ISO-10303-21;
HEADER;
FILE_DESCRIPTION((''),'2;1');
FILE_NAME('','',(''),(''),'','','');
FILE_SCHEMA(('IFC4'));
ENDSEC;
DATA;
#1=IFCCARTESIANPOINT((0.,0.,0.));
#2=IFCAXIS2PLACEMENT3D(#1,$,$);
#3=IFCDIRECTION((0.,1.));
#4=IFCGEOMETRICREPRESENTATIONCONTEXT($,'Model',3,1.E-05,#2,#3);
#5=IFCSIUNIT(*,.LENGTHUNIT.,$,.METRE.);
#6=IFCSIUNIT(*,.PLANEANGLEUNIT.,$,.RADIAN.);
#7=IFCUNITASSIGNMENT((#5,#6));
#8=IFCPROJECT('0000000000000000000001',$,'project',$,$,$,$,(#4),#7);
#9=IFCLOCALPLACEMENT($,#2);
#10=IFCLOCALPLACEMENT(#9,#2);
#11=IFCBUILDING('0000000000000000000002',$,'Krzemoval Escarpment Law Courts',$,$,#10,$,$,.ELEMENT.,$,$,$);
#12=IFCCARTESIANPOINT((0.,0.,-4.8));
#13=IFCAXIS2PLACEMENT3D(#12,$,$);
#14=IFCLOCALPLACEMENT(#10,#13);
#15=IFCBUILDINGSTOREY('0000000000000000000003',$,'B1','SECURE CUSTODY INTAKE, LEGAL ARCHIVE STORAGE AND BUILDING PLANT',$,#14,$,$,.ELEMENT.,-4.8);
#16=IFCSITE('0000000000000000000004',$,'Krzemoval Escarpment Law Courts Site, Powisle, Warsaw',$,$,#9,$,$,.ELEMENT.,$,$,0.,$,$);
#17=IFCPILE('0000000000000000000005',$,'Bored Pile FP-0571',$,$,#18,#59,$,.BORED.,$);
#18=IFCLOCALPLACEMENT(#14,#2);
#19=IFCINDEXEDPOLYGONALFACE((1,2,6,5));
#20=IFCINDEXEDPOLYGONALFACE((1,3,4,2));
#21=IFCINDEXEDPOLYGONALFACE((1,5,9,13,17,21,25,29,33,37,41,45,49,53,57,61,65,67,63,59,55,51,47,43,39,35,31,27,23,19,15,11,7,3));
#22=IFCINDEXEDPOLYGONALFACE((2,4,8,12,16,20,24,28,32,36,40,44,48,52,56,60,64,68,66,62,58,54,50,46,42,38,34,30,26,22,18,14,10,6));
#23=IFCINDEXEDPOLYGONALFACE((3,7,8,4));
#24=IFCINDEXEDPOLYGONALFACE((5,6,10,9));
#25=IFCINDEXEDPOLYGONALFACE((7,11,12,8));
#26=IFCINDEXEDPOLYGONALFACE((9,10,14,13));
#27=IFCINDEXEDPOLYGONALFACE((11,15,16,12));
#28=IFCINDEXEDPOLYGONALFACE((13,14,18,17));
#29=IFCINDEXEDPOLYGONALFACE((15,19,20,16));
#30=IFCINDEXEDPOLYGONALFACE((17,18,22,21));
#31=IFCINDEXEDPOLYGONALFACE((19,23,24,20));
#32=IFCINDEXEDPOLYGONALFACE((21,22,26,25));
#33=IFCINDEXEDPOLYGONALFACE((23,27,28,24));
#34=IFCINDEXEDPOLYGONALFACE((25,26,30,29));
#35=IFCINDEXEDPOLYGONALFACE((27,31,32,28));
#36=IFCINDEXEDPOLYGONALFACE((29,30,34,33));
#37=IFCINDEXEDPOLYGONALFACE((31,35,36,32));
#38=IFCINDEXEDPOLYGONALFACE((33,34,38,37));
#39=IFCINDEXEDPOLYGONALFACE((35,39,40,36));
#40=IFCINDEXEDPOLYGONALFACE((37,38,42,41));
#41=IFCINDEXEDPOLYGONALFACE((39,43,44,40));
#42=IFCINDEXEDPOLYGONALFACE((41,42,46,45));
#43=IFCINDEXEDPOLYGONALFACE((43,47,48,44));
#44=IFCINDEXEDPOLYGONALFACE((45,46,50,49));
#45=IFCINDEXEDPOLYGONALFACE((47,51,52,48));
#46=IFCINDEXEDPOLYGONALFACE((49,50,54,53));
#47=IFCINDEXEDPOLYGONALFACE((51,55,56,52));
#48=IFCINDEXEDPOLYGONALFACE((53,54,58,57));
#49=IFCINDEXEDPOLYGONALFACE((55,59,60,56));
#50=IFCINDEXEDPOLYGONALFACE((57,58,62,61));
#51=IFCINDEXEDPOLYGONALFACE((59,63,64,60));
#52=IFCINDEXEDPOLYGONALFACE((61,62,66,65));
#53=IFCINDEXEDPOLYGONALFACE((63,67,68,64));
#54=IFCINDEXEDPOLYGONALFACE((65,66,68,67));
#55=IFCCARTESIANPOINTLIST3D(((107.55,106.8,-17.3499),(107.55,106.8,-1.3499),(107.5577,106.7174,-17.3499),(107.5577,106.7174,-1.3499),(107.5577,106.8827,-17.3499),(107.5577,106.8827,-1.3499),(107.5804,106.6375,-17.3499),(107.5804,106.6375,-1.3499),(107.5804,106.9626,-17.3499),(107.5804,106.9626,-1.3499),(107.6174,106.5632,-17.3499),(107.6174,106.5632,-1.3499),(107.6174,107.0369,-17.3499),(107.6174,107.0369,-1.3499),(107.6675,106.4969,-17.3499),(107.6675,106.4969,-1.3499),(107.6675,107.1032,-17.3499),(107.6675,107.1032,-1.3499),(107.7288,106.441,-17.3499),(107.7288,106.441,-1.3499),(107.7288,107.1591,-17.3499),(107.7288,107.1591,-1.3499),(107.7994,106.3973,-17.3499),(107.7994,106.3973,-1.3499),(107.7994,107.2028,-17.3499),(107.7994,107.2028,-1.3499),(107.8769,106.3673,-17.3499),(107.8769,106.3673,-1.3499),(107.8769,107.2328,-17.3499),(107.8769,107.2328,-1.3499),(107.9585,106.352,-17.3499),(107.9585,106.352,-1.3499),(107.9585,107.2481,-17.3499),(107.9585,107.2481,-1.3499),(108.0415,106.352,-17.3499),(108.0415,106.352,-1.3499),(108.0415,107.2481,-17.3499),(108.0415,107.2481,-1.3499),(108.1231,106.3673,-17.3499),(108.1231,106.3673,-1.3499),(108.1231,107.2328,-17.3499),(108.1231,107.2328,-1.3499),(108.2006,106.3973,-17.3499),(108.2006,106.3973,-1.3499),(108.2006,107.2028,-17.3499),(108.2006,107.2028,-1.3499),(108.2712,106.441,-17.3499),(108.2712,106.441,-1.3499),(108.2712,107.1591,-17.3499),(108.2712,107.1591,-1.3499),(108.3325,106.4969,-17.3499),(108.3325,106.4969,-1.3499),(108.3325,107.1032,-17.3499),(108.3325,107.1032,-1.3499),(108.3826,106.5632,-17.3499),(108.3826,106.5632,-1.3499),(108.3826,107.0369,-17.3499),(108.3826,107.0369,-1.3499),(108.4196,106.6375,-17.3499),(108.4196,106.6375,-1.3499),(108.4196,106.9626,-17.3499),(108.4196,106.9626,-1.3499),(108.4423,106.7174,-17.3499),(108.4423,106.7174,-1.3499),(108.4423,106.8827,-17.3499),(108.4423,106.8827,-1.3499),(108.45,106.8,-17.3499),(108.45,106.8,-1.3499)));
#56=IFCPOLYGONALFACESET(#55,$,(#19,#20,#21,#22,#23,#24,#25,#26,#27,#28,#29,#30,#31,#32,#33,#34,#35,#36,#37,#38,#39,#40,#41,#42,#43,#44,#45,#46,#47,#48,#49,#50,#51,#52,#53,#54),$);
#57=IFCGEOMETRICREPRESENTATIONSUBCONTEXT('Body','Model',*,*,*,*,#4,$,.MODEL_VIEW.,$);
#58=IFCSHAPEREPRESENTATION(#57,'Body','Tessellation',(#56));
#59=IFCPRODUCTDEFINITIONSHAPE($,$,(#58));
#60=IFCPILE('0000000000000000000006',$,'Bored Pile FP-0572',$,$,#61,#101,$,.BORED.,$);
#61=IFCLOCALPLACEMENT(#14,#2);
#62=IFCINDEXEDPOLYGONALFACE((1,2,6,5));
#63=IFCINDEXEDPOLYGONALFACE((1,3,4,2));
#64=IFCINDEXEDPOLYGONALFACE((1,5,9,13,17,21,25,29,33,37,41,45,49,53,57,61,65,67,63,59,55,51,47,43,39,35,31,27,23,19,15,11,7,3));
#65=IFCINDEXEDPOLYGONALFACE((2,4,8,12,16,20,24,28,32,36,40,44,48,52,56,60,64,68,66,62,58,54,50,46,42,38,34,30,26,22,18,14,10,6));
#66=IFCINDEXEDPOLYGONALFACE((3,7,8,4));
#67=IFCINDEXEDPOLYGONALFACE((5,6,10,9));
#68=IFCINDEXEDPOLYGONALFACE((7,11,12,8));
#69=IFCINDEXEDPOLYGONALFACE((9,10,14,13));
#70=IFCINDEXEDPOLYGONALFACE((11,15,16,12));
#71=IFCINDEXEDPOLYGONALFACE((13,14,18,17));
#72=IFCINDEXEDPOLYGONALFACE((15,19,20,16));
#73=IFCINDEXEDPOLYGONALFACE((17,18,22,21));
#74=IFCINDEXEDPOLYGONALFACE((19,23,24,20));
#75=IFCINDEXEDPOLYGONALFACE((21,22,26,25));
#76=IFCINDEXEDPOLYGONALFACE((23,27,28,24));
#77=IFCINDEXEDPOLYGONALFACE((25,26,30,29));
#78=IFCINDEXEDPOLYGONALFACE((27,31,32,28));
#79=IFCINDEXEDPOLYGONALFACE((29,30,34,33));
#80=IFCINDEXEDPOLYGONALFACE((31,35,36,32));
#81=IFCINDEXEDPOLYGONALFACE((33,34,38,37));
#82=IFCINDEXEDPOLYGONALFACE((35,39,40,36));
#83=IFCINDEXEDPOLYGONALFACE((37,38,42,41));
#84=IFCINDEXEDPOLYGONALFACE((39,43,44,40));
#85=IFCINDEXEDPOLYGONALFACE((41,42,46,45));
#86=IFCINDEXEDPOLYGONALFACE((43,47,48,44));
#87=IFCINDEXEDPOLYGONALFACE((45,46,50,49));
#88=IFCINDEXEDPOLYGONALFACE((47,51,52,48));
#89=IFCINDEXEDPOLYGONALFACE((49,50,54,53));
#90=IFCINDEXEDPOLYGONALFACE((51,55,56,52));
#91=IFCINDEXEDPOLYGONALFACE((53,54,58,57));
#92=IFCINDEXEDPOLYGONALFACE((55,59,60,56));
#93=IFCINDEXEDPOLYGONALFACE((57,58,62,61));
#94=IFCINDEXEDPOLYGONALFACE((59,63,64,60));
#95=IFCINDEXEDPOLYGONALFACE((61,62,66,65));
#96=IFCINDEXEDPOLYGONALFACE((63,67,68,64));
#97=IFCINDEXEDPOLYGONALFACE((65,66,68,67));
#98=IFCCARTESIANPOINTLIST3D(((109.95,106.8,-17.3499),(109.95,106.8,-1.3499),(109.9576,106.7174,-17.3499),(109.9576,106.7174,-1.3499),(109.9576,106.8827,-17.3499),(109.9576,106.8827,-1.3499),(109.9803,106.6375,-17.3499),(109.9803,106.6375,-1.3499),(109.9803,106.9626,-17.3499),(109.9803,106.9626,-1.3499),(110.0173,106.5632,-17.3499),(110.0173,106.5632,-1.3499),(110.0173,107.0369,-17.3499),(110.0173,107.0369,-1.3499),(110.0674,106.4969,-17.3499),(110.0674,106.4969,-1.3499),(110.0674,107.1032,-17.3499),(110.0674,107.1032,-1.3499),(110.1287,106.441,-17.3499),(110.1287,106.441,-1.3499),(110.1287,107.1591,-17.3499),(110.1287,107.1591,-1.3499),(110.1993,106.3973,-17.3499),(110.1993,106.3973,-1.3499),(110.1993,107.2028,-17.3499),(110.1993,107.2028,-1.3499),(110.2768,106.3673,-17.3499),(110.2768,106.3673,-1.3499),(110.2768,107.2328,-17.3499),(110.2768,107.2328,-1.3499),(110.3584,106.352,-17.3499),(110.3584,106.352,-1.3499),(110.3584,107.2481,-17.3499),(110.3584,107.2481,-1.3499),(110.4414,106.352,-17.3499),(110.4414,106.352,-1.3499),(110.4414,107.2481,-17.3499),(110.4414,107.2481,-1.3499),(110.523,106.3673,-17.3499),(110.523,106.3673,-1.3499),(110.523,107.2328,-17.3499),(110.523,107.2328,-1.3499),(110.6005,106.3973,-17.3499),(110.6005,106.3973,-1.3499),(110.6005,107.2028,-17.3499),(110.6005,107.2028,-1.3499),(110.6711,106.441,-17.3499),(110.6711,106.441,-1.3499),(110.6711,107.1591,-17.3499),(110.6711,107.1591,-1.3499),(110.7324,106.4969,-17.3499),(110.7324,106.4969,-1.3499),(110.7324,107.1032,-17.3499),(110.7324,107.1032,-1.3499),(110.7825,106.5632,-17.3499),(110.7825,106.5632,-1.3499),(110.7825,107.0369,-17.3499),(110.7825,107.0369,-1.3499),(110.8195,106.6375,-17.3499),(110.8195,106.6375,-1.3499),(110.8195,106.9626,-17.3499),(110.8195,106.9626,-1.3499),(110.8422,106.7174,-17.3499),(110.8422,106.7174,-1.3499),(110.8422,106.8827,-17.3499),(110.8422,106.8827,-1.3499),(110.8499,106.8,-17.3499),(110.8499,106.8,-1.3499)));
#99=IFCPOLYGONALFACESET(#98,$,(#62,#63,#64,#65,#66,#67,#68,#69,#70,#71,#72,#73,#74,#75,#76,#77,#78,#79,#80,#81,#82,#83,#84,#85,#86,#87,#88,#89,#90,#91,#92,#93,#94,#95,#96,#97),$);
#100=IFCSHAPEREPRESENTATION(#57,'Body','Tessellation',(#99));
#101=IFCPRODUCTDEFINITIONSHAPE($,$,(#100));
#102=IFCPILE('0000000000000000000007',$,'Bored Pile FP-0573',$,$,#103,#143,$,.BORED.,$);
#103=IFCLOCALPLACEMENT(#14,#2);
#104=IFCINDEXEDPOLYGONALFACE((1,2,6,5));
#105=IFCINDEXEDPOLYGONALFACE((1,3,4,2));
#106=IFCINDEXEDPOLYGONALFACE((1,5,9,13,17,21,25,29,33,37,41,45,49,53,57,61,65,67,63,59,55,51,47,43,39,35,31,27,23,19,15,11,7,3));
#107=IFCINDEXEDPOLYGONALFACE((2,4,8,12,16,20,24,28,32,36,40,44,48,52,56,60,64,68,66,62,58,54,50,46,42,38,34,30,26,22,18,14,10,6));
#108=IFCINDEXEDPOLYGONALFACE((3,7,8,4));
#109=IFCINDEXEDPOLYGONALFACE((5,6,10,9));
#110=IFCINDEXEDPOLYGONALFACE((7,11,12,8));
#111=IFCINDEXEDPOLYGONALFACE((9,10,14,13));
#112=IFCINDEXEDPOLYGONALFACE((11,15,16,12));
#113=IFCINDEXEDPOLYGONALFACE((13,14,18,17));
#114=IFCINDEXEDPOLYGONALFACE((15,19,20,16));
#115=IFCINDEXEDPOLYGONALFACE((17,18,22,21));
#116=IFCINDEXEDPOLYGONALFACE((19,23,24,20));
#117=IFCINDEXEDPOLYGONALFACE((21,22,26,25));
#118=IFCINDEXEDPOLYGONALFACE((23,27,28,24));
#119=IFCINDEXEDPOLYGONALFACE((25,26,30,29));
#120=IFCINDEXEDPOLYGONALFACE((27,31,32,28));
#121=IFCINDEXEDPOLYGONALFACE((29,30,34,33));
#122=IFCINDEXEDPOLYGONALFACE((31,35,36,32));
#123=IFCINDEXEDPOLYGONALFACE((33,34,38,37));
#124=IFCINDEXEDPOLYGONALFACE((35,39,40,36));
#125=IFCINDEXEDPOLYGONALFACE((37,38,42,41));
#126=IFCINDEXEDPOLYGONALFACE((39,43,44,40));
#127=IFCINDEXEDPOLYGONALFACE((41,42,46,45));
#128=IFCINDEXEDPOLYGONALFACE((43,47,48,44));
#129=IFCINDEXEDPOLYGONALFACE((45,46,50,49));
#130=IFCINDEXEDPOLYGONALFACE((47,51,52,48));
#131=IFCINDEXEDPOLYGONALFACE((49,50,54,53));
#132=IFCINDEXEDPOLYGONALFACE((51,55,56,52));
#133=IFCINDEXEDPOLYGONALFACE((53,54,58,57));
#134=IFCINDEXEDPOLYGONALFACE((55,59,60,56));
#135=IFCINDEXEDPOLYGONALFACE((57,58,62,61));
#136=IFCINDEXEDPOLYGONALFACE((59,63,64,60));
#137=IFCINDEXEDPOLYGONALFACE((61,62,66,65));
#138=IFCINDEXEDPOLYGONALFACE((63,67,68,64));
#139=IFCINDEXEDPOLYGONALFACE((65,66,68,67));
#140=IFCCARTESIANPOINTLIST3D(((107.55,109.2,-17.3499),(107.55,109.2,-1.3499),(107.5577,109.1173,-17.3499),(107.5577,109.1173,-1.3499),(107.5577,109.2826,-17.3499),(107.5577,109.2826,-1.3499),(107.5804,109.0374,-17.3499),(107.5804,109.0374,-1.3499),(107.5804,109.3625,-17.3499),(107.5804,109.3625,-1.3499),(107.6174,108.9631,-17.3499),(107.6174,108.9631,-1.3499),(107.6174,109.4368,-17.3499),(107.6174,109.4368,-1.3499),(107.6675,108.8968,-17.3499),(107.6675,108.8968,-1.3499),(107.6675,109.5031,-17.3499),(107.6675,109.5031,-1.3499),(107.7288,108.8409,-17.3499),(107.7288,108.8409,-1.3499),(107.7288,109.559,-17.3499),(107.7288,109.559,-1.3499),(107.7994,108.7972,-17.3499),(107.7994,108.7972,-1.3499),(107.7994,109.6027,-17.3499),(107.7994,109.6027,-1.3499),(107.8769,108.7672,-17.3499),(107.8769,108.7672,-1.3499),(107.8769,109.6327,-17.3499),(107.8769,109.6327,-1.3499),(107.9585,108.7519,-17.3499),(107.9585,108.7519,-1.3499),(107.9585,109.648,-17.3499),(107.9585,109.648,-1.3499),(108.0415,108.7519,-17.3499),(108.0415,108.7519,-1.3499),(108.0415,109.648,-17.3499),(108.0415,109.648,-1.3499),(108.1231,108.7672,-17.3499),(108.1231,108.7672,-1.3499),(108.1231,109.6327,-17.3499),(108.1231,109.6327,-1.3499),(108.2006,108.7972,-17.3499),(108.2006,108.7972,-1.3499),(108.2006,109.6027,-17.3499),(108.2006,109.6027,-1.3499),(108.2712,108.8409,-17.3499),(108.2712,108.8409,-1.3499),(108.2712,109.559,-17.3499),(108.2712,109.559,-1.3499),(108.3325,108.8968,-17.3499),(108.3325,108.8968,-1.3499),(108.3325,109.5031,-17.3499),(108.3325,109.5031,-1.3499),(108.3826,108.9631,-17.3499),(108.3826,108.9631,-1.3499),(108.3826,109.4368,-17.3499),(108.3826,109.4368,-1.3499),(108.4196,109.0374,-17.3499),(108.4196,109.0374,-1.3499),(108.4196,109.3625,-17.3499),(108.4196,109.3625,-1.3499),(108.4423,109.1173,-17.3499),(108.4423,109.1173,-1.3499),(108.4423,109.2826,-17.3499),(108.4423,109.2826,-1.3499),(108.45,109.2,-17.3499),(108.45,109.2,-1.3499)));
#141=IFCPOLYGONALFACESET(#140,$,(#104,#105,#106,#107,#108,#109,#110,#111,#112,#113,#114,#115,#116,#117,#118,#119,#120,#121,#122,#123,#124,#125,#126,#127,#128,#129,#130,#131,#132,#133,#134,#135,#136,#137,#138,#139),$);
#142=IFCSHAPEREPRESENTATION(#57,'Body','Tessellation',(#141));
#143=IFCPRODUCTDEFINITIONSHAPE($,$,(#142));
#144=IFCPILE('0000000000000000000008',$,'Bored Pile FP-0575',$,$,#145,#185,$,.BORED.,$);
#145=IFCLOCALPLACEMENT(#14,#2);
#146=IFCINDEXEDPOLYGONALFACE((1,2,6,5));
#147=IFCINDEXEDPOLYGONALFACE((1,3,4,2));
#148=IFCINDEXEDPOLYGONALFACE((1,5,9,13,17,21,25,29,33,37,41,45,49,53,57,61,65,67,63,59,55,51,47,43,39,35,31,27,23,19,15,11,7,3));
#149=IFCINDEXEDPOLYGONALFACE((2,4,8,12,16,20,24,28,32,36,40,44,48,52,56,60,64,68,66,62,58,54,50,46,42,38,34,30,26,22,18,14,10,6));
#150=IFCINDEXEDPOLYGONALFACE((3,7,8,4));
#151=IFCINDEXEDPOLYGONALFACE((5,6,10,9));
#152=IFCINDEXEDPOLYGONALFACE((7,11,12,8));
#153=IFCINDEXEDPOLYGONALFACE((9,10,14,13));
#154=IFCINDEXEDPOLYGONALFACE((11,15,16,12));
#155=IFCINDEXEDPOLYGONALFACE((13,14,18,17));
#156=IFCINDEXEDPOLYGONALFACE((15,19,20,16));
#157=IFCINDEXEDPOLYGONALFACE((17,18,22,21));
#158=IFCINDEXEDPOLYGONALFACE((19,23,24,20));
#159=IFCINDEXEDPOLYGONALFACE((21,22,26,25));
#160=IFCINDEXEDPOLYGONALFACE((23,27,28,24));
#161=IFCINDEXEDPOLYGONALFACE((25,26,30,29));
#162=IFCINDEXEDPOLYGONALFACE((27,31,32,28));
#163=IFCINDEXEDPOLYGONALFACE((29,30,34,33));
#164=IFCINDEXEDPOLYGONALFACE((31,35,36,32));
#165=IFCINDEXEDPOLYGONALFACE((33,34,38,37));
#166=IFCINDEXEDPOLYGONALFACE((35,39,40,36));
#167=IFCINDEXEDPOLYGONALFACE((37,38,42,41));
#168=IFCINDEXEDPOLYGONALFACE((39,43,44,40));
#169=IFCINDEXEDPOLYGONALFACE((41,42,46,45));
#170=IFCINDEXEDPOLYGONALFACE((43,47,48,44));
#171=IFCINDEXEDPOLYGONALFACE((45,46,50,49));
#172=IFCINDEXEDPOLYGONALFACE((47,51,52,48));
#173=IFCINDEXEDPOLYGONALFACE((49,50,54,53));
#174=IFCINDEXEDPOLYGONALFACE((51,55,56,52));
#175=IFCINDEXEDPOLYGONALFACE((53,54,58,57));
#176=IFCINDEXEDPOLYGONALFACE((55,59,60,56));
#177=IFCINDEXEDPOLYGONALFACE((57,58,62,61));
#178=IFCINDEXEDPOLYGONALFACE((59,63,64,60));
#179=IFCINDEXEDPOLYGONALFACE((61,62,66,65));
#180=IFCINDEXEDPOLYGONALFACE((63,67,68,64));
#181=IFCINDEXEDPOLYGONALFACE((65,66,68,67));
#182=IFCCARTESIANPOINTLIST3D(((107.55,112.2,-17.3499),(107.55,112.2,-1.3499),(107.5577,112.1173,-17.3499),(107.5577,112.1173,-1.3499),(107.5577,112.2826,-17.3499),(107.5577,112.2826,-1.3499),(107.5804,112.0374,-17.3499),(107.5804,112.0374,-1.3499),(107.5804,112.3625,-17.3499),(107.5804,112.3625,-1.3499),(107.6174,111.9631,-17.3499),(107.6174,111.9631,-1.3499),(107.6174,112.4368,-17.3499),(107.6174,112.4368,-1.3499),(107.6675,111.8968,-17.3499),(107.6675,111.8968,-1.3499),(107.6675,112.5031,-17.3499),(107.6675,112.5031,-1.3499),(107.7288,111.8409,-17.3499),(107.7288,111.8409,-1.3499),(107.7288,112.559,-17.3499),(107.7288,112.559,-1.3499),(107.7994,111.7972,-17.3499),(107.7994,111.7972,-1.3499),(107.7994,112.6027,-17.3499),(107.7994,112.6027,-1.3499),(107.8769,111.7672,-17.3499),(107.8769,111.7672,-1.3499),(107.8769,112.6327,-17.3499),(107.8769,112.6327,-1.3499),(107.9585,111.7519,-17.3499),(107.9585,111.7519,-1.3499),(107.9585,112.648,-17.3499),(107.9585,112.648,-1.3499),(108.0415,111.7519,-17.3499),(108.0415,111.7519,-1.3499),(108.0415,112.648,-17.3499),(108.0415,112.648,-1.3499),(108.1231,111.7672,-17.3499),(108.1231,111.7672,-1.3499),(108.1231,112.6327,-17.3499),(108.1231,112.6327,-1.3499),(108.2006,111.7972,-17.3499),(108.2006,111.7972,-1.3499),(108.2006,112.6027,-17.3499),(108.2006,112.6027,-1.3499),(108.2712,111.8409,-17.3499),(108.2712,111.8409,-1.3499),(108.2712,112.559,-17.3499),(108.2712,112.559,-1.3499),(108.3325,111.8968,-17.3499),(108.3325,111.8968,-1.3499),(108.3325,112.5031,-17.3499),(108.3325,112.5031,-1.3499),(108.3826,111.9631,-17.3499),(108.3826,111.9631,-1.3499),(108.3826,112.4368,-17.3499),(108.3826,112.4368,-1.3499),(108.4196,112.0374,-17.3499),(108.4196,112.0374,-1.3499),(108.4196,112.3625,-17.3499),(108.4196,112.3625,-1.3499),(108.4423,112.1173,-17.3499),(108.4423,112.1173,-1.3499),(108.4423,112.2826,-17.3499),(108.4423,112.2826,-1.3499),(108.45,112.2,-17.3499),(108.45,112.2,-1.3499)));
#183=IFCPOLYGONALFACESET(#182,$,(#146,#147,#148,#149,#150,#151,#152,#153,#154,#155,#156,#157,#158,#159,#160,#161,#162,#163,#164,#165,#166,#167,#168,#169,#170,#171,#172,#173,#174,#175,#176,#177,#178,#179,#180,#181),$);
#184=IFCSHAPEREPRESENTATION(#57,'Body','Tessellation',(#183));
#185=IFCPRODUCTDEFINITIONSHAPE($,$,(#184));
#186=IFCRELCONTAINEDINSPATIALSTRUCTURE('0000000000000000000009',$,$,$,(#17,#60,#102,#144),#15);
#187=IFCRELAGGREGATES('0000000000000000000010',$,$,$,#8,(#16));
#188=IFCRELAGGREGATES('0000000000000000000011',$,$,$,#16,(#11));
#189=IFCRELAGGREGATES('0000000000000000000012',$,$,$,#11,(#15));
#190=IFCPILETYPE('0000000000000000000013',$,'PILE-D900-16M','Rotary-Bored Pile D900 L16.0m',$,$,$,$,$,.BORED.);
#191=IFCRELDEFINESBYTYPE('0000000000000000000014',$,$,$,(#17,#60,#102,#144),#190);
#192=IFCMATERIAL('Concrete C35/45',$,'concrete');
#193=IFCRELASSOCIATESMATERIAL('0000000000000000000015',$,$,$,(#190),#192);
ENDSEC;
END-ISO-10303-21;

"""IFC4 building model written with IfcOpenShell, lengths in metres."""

from ifc_helpers import new_model, si_unit, direction, frame, origin, origin_2d, place, context, subcontext, project, spatial, circle, extrude, material, material_profile, profile_set, type_object, element, save


model = new_model("IFC4")

# Units and contexts
model_context = context("Model", 3, precision=1e-05, world=origin(), true_north=direction((0.0, 1.0)))
body_context = subcontext(model_context, "Body", "Model", "MODEL_VIEW")
ifc_project = project(units=[si_unit("LENGTHUNIT", "METRE"), si_unit("PLANEANGLEUNIT", "RADIAN")], contexts=[model_context])

# Site, building, storey
site_placement = place(None, origin())
site = spatial("IfcSite", under=ifc_project, at=site_placement, Name="Krzemoval Escarpment Law Courts Site, Powisle, Warsaw", CompositionType="ELEMENT", RefElevation=0.0)
building_placement = place(site_placement, origin())
building = spatial("IfcBuilding", under=site, at=building_placement, Name="Krzemoval Escarpment Law Courts", CompositionType="ELEMENT")
storey_placement = place(building_placement, frame((0.0, 0.0, -4.8)))
storey = spatial("IfcBuildingStorey", under=building, at=storey_placement, Name="B1", Description="SECURE CUSTODY INTAKE, LEGAL ARCHIVE STORAGE AND BUILDING PLANT", CompositionType="ELEMENT", Elevation=-4.8)

# Piles
ifc_material_1 = material(Name="Concrete C35/45", Category="concrete")
ifc_material_profile_1 = material_profile(ifc_material_1, circle(Radius=0.45, at=origin_2d()), Name="PILE D900")
ifc_profile_set_1 = profile_set([ifc_material_profile_1], Name="Concrete C35/45")
pile_type = type_object("IfcPileType", Name="PILE-D900-16M", Description="Rotary-Bored Pile D900 L16.0m", PredefinedType="BORED", material=ifc_profile_set_1)
for number, where, z_axis, x_axis, name in (
    (1, (108.0, 106.8, -1.3499), (0.0, 0.0, -1.0), (1.0, 0.0, 0.0), "Bored Pile FP-0571"),
    (2, (110.3999, 106.8, -1.3499), (0.0, 0.0, -1.0), (1.0, 0.0, 0.0), "Bored Pile FP-0572"),
    (3, (108.0, 109.2, -1.3499), (0.0, 0.0, -1.0), (1.0, 0.0, 0.0), "Bored Pile FP-0573"),
    (4, (108.0, 112.2, -1.3499), (0.0, 0.0, -1.0), (1.0, 0.0, 0.0), "Bored Pile FP-0575"),
):
    element("IfcPile", number, at=place(storey_placement, frame(where, z_axis=z_axis, x_axis=x_axis)), inside=storey, type_object=pile_type, Name=name, PredefinedType="BORED", context=body_context, shape_type="SweptSolid", body=[
        extrude(circle(Radius=0.45, at=origin_2d()), origin(), (0.0, 0.0, 1.0), 16.0),
    ])

save(model, "model.ifc")
